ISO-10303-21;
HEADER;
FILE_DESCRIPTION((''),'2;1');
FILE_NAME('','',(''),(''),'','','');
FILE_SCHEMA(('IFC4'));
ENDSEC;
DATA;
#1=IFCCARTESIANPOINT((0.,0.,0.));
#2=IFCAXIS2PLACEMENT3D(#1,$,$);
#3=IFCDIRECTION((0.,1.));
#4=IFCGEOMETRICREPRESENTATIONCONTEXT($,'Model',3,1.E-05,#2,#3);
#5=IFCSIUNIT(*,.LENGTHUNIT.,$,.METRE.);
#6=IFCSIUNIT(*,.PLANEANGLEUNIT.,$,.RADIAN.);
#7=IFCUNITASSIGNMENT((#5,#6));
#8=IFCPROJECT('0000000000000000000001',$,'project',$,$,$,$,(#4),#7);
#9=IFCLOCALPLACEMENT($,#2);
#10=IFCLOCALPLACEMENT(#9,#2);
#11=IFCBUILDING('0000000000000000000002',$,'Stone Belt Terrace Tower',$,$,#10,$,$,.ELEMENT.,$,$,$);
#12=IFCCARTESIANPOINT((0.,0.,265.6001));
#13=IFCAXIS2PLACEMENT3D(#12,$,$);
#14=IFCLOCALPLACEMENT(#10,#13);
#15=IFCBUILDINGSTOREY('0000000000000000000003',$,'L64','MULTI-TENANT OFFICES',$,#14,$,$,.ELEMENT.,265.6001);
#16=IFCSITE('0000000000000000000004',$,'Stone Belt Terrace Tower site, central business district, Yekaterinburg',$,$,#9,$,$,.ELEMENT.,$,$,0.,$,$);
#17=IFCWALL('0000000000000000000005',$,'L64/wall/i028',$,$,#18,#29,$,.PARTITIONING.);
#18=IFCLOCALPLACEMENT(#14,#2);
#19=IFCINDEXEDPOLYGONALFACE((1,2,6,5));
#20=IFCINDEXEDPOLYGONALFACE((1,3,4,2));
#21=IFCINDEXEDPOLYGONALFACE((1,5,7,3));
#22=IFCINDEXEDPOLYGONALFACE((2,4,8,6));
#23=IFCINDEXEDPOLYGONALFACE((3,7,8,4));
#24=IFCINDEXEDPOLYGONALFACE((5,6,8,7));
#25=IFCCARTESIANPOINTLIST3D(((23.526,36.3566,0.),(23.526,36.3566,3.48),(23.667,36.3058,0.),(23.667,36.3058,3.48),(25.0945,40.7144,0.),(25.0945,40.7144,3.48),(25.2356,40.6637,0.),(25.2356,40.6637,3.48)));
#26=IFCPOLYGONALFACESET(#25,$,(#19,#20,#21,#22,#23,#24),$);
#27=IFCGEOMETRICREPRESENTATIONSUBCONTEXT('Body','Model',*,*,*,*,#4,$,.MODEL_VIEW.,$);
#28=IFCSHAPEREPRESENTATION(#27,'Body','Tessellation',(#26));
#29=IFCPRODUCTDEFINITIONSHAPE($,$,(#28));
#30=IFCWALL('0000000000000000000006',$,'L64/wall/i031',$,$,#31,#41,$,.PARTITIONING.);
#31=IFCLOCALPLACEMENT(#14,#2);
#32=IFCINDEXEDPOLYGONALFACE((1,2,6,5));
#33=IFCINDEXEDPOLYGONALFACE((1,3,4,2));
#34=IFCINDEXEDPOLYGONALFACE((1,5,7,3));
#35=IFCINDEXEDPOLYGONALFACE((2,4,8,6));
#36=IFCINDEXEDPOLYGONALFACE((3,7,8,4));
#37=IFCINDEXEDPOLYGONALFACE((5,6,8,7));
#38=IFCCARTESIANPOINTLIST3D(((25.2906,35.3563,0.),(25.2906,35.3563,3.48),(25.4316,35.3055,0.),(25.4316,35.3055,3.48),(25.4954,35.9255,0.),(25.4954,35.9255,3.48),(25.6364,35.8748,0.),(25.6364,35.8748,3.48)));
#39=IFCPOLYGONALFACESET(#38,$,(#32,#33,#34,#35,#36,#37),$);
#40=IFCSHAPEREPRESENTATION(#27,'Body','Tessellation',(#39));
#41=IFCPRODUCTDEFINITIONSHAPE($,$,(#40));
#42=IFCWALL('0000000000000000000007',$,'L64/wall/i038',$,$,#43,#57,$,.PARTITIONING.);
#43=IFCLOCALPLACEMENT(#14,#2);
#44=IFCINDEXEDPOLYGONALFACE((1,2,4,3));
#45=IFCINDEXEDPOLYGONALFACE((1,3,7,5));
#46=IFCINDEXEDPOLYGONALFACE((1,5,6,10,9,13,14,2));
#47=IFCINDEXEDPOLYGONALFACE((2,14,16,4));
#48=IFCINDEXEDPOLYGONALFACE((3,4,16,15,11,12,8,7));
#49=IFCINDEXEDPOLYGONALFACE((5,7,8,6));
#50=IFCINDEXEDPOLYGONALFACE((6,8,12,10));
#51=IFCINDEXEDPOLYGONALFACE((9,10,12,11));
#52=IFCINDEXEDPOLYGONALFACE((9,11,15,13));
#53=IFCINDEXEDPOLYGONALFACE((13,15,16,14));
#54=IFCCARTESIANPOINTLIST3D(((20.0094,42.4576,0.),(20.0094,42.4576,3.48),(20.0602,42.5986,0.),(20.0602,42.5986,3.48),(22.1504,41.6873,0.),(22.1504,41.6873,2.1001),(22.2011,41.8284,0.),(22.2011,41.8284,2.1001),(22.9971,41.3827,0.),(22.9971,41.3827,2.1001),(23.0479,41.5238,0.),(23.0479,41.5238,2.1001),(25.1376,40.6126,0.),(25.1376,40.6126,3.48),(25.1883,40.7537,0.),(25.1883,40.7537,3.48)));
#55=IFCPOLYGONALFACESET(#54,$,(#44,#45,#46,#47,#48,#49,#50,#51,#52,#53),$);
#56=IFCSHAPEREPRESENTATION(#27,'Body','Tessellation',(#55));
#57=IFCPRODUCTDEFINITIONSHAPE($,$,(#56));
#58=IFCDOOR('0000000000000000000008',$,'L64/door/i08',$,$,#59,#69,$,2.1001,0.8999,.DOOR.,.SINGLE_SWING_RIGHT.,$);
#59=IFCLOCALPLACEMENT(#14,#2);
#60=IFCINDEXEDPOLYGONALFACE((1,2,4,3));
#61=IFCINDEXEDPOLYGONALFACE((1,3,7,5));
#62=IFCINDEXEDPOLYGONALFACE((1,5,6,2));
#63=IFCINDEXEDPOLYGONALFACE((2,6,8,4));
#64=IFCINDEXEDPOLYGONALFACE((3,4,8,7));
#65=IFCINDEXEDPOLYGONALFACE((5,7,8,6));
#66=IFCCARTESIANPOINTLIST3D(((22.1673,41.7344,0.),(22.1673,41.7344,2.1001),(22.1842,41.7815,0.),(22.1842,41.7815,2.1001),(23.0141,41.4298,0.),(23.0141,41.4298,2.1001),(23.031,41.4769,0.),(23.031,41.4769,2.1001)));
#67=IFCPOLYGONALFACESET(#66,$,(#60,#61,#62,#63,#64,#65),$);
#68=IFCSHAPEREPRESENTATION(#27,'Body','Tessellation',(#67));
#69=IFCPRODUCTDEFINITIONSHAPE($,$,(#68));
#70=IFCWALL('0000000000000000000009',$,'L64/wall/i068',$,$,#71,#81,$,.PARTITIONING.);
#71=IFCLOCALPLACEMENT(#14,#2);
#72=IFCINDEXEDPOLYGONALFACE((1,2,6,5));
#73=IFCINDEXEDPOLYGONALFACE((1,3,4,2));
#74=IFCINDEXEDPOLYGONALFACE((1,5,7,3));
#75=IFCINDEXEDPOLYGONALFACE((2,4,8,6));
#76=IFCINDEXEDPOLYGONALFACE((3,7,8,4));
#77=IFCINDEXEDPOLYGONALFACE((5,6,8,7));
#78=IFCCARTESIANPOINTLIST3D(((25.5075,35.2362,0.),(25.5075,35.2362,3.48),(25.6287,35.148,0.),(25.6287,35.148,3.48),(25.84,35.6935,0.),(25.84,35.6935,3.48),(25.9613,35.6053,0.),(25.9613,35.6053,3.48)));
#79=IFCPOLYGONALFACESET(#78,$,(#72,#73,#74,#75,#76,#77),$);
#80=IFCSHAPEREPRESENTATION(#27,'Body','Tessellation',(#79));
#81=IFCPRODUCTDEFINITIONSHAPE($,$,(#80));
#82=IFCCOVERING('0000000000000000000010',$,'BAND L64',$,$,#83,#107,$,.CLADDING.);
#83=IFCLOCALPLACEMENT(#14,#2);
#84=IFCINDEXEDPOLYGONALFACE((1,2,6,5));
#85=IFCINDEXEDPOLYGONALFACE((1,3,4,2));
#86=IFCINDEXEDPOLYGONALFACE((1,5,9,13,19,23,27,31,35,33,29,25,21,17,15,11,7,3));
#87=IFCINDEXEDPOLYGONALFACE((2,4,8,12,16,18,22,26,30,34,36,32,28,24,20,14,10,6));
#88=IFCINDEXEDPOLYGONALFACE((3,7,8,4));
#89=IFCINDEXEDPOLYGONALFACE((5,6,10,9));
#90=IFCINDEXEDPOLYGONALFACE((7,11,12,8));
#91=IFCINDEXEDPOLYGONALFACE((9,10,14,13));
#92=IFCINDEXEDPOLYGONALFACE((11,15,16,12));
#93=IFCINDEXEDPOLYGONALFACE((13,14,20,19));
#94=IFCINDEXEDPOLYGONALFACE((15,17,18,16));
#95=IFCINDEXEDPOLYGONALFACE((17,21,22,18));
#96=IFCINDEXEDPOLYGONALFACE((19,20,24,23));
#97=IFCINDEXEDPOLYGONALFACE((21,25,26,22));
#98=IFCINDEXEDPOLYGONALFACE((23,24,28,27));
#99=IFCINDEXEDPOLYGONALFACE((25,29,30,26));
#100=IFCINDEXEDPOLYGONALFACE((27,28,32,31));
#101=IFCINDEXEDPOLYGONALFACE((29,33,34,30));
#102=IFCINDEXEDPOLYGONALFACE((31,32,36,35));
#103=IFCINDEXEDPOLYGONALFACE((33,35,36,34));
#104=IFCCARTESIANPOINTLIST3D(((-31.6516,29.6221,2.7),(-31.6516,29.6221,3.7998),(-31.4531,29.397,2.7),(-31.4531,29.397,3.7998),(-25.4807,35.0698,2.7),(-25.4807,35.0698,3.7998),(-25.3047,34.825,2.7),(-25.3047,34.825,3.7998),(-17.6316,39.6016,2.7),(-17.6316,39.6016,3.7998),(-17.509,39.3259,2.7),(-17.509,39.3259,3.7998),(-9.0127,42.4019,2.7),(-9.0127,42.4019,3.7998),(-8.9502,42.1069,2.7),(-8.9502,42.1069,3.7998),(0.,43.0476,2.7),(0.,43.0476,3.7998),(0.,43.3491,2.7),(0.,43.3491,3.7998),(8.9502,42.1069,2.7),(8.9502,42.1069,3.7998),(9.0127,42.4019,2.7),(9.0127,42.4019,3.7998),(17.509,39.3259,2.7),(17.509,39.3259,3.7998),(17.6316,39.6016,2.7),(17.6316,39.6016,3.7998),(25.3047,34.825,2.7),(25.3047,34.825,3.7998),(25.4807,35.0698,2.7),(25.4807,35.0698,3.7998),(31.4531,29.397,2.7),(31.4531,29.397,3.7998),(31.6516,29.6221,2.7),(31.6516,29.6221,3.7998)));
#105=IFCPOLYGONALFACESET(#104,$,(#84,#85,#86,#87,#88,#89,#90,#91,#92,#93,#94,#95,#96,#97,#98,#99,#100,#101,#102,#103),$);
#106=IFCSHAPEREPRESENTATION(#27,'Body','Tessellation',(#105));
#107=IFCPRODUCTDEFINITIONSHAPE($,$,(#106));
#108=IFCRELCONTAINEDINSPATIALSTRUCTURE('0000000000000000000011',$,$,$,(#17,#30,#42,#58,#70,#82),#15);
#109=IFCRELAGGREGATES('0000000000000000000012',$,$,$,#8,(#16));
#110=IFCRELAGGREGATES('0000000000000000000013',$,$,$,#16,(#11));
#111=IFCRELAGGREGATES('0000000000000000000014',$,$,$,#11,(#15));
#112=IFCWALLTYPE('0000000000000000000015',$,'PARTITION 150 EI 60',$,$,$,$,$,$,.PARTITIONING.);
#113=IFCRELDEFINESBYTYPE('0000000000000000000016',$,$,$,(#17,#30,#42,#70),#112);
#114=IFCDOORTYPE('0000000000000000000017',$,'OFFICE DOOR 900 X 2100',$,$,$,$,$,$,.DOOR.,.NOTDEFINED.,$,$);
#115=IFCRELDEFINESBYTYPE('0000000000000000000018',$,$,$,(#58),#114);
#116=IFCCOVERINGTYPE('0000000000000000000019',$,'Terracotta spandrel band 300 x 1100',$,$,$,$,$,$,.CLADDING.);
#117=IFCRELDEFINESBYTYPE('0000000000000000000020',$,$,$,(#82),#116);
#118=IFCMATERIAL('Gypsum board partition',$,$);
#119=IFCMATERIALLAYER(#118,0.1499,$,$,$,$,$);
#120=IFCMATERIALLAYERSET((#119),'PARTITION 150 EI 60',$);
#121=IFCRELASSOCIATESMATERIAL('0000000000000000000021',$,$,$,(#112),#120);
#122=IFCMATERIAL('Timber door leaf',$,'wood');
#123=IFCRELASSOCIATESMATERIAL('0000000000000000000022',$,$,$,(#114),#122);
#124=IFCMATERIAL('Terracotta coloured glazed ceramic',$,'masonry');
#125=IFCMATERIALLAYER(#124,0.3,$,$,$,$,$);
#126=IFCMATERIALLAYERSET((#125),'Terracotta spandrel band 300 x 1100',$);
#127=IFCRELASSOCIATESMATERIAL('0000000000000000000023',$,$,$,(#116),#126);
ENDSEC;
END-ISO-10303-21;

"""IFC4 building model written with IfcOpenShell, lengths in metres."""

from ifc_helpers import new_model, si_unit, direction, frame, frame_2d, origin, place, context, subcontext, project, spatial, polyline, rectangle, outline, extrude, material, layer, layer_set, type_object, element, fill, save


model = new_model("IFC4")

# Units and contexts
model_context = context("Model", 3, precision=1e-05, world=origin(), true_north=direction((0.0, 1.0)))
body_context = subcontext(model_context, "Body", "Model", "MODEL_VIEW")
ifc_project = project(units=[si_unit("LENGTHUNIT", "METRE"), si_unit("PLANEANGLEUNIT", "RADIAN")], contexts=[model_context])

# Site, building, storey
site_placement = place(None, origin())
site = spatial("IfcSite", under=ifc_project, at=site_placement, Name="Stone Belt Terrace Tower site, central business district, Yekaterinburg", CompositionType="ELEMENT", RefElevation=0.0)
building_placement = place(site_placement, origin())
building = spatial("IfcBuilding", under=site, at=building_placement, Name="Stone Belt Terrace Tower", CompositionType="ELEMENT")
storey_placement = place(building_placement, frame((0.0, 0.0, 265.6001)))
storey = spatial("IfcBuildingStorey", under=building, at=storey_placement, Name="L64", Description="MULTI-TENANT OFFICES", CompositionType="ELEMENT", Elevation=265.6001)

# Walls
ifc_material_1 = material(Name="Gypsum board partition")
ifc_layer_1 = layer(ifc_material_1, 0.1499)
ifc_layer_set_1 = layer_set([ifc_layer_1], Name="PARTITION 150 EI 60")
wall_type = type_object("IfcWallType", Name="PARTITION 150 EI 60", PredefinedType="PARTITIONING", material=ifc_layer_set_1)
wall_1_placement = place(storey_placement, frame((23.5964, 36.3311, 0.0), z_axis=(0.0, 0.0, 1.0), x_axis=(0.338673, 0.940904, 0.0)))
element("IfcWall", 1, at=wall_1_placement, inside=storey, type_object=wall_type, Name="L64/wall/i028", PredefinedType="PARTITIONING", context=body_context, shape_type="SweptSolid", body=[
    extrude(rectangle(XDim=4.6316, YDim=0.1499, at=frame_2d((2.3159, 0.0))), origin(), (0.0, 0.0, 1.0), 3.48),
])
wall_2_placement = place(storey_placement, frame((25.5659, 35.9001, 0.0), z_axis=(0.0, 0.0, 1.0), x_axis=(-0.338534, -0.940954, 0.0)))
element("IfcWall", 2, at=wall_2_placement, inside=storey, type_object=wall_type, Name="L64/wall/i031", PredefinedType="PARTITIONING", context=body_context, shape_type="SweptSolid", body=[
    extrude(rectangle(XDim=0.605, YDim=0.1499, at=frame_2d((0.3025, 0.0))), origin(), (0.0, 0.0, 1.0), 3.48),
])

# Wall, opening, door
wall_3_placement = place(storey_placement, frame((25.1631, 40.6831, 0.0), z_axis=(0.0, 0.0, 1.0), x_axis=(-0.940956, 0.338529, 0.0)))
wall_3 = element("IfcWall", 3, at=wall_3_placement, inside=storey, type_object=wall_type, Name="L64/wall/i038", PredefinedType="PARTITIONING", context=body_context, shape_type="SweptSolid", body=[
    extrude(rectangle(XDim=5.45, YDim=0.1499, at=frame_2d((2.7251, 0.0))), origin(), (0.0, 0.0, 1.0), 3.48),
])
opening_placement = place(wall_3_placement, frame((2.2749, 0.0, 0.0)))
opening = element("IfcOpeningElement", 4, at=opening_placement, cuts=wall_3, PredefinedType="OPENING", context=body_context, shape_type="SweptSolid", body=[
    extrude(rectangle(XDim=0.8999, YDim=2.1001, at=frame_2d((0.45, 1.05))), frame((0.0, 0.085, 0.0), z_axis=(0.0, -1.0, 0.0), x_axis=(1.0, 0.0, 0.0)), (0.0, 0.0, 1.0), 0.1699),
])
ifc_material_2 = material(Name="Timber door leaf", Category="wood")
door_type = type_object("IfcDoorType", Name="OFFICE DOOR 900 X 2100", OperationType="NOTDEFINED", PredefinedType="DOOR", material=ifc_material_2)
door_placement = place(opening_placement, origin())
door = element("IfcDoor", 5, at=door_placement, inside=storey, type_object=door_type, Name="L64/door/i08", OperationType="SINGLE_SWING_RIGHT", OverallHeight=2.1001, OverallWidth=0.8999, PredefinedType="DOOR", context=body_context, shape_type="SweptSolid", body=[
    extrude(rectangle(XDim=0.8999, YDim=2.1001, at=frame_2d((0.45, 1.05))), frame((0.0, 0.0249, 0.0), z_axis=(0.0, -1.0, 0.0), x_axis=(1.0, 0.0, 0.0)), (0.0, 0.0, 1.0), 0.05),
])
fill(opening, door)

# Wall
wall_4_placement = place(storey_placement, frame((25.9006, 35.6494, 0.0), z_axis=(0.0, 0.0, 1.0), x_axis=(-0.58812, -0.808773, 0.0)))
element("IfcWall", 6, at=wall_4_placement, inside=storey, type_object=wall_type, Name="L64/wall/i068", PredefinedType="PARTITIONING", context=body_context, shape_type="SweptSolid", body=[
    extrude(rectangle(XDim=0.5654, YDim=0.1499, at=frame_2d((0.2827, 0.0))), origin(), (0.0, 0.0, 1.0), 3.48),
])

# Covering
ifc_material_3 = material(Name="Terracotta coloured glazed ceramic", Category="masonry")
ifc_layer_2 = layer(ifc_material_3, 0.3)
ifc_layer_set_2 = layer_set([ifc_layer_2], Name="Terracotta spandrel band 300 x 1100")
covering_type = type_object("IfcCoveringType", Name="Terracotta spandrel band 300 x 1100", PredefinedType="CLADDING", material=ifc_layer_set_2)
covering_placement = place(storey_placement, frame((0.0, 0.0, 2.7)))
element("IfcCovering", 7, at=covering_placement, inside=storey, type_object=covering_type, Name="BAND L64", PredefinedType="CLADDING", context=body_context, shape_type="SweptSolid", body=[
    extrude(outline(polyline([(-31.6516, 29.6221), (-25.4807, 35.0698), (-17.6316, 39.6016), (-9.0127, 42.4019), (0.0, 43.3491), (9.0127, 42.4019), (17.6316, 39.6016), (25.4807, 35.0698), (31.6516, 29.6221), (31.4531, 29.397), (25.3047, 34.825), (17.509, 39.3259), (8.9502, 42.1069), (0.0, 43.0476), (-8.9502, 42.1069), (-17.509, 39.3259), (-25.3047, 34.825), (-31.4531, 29.397), (-31.6516, 29.6221)])), origin(), (0.0, 0.0, 1.0), 1.0999),
])

save(model, "model.ifc")
